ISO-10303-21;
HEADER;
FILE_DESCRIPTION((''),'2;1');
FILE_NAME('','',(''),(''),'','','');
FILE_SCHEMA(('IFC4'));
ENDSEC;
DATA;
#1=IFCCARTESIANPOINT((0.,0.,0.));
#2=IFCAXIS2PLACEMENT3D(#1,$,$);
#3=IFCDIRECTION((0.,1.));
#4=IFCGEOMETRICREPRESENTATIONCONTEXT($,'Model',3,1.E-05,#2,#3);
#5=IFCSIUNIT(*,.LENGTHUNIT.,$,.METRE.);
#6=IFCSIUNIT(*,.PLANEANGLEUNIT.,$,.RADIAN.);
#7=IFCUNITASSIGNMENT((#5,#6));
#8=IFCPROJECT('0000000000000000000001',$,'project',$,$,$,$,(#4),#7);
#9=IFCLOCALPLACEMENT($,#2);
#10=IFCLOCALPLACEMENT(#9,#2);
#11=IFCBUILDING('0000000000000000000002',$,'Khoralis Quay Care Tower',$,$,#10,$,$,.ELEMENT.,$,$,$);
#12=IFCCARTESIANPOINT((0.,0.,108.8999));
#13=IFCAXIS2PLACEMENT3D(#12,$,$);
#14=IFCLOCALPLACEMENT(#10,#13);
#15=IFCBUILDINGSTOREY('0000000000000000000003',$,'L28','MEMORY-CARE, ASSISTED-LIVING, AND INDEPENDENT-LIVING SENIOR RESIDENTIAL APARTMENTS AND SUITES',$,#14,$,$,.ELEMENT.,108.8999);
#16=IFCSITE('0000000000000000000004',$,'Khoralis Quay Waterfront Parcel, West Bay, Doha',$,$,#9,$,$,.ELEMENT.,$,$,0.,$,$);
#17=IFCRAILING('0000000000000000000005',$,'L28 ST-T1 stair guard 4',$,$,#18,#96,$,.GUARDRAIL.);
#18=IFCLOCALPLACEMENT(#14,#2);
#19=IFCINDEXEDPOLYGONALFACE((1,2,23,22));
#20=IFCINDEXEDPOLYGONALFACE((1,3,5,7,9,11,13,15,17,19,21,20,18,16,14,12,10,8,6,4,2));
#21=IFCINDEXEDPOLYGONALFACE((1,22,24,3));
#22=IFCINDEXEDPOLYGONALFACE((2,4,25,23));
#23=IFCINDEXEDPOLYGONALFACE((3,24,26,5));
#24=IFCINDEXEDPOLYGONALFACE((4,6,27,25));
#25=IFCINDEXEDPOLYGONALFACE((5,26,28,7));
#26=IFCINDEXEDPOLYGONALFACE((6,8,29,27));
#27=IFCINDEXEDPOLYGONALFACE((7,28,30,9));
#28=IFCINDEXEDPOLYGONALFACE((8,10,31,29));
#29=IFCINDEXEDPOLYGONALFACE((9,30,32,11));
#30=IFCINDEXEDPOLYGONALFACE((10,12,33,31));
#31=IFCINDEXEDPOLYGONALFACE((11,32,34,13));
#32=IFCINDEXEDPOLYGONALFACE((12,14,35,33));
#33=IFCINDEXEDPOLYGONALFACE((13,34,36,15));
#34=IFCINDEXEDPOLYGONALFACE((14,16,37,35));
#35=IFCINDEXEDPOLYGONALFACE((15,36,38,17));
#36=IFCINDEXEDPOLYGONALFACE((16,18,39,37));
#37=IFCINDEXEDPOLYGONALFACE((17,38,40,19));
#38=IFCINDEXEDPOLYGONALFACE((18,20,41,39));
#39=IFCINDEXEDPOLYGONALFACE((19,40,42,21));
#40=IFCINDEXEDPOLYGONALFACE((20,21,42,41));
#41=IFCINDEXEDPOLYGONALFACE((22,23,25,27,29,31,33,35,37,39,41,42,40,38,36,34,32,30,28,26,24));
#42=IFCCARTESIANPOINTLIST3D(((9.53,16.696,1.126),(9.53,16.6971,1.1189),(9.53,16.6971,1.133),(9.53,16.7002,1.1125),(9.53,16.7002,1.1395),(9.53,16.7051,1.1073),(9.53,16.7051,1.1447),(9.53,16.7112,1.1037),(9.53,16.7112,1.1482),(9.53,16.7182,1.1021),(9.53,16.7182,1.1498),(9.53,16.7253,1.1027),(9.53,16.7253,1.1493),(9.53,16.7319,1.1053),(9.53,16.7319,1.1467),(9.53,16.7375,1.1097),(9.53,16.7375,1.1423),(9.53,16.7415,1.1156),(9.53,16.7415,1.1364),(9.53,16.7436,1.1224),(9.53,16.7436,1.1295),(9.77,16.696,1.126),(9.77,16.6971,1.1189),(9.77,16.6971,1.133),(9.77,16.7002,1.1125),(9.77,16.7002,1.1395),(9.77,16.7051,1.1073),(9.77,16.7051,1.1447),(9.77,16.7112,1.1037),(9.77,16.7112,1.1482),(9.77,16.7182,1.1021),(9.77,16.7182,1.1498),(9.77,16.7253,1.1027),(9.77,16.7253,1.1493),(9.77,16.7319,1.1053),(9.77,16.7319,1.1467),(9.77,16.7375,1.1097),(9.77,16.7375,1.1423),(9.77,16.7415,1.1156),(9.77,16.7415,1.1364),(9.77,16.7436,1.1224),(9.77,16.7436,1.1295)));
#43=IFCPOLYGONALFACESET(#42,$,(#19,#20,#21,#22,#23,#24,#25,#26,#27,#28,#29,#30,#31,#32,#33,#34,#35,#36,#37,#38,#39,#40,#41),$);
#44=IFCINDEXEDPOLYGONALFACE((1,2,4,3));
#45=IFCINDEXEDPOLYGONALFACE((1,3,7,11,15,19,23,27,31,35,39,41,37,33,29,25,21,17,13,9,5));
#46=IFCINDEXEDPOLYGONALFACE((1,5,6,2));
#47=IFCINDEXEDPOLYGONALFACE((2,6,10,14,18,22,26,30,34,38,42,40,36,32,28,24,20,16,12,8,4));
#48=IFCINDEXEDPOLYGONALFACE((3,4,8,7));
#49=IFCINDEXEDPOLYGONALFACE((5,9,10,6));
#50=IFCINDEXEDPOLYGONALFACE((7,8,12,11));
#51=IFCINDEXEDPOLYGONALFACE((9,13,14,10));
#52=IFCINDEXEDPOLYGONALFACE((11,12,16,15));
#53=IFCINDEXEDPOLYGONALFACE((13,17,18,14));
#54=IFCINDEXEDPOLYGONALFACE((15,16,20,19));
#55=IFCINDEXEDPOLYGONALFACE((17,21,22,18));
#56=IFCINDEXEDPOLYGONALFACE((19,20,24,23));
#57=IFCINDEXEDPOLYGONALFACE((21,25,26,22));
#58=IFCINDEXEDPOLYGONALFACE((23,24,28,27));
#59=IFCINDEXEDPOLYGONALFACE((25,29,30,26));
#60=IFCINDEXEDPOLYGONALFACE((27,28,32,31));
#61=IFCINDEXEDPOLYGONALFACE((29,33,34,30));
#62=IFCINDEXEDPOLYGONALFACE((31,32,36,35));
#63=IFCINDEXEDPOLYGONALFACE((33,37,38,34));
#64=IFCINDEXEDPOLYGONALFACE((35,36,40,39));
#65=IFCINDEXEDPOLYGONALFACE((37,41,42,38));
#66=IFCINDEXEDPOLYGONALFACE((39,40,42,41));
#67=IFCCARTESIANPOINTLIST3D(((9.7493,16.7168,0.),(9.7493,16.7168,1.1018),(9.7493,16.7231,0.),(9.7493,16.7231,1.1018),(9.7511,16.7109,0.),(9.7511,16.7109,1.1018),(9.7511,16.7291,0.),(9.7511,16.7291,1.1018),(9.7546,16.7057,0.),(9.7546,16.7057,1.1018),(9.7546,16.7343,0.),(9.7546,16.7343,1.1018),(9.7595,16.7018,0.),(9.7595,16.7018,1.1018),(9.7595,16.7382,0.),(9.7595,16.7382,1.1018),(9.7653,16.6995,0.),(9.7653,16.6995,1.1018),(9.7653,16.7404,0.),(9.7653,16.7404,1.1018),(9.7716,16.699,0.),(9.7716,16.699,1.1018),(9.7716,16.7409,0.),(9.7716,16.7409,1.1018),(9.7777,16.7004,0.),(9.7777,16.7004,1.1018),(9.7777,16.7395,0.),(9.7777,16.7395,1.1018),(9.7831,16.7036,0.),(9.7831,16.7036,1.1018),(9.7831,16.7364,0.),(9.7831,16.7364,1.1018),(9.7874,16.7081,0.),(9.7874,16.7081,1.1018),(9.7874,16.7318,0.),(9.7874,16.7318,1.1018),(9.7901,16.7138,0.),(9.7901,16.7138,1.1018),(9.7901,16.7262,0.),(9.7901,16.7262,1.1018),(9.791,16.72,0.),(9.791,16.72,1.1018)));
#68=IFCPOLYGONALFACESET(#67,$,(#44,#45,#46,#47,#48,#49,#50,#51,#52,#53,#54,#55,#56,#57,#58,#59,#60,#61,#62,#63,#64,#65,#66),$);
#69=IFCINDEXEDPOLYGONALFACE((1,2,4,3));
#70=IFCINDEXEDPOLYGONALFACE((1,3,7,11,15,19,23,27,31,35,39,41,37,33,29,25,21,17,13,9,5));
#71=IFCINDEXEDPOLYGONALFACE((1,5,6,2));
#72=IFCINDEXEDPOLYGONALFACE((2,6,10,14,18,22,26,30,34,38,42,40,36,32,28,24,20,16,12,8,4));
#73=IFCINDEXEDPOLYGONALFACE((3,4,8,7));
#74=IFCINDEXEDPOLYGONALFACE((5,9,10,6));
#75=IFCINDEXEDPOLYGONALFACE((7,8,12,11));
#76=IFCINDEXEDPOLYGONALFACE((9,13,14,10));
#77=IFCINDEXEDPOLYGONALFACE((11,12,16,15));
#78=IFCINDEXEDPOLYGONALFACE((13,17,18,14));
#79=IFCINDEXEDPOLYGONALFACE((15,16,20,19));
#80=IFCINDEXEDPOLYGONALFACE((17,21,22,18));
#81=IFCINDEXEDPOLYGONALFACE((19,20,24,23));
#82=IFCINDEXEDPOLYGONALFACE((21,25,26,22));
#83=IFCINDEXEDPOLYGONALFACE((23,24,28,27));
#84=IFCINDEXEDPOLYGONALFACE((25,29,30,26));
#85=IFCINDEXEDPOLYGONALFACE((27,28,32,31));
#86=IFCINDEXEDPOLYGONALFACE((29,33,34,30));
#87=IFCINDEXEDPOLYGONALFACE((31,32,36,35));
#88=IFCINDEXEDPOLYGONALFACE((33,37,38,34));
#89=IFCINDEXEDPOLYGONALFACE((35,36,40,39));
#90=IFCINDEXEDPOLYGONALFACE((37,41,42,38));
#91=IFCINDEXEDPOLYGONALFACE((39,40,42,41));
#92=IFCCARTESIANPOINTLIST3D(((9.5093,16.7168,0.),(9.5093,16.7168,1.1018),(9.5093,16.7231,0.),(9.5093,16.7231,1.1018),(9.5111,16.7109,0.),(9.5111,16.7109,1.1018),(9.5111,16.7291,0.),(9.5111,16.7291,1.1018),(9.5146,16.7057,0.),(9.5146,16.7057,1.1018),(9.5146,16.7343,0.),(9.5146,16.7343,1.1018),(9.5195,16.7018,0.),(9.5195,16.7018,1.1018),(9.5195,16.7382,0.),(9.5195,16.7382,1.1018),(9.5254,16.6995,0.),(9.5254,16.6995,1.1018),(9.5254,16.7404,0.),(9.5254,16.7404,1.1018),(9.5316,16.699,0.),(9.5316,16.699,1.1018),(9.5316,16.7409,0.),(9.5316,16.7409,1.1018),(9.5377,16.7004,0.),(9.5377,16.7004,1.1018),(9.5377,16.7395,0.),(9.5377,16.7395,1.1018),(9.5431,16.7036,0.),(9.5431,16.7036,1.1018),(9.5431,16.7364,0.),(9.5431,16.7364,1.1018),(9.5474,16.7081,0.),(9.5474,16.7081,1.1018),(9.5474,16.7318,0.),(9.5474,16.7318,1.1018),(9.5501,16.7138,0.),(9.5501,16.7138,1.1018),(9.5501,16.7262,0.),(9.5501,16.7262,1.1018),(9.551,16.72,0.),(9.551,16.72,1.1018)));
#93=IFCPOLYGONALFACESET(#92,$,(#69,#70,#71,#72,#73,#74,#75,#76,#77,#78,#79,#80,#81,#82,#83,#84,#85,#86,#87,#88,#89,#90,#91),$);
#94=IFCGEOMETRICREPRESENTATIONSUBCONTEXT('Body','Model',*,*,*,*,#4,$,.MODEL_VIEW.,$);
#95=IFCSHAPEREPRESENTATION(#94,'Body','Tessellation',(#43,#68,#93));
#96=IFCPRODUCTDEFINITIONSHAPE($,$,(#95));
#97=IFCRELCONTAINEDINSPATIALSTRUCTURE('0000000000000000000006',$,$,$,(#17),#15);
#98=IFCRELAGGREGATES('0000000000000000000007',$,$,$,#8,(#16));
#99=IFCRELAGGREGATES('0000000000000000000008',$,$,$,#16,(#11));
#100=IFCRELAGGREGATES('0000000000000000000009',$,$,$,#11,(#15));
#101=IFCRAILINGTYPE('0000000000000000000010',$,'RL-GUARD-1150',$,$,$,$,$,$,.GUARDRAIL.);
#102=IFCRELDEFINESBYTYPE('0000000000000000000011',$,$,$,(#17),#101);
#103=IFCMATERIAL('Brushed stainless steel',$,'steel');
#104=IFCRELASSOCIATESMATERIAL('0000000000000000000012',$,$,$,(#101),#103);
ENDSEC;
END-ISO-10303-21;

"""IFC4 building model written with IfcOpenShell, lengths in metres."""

from ifc_helpers import new_model, si_unit, direction, frame, origin, origin_2d, place, context, subcontext, project, spatial, circle, extrude, material, type_object, element, save


model = new_model("IFC4")

# Units and contexts
model_context = context("Model", 3, precision=1e-05, world=origin(), true_north=direction((0.0, 1.0)))
body_context = subcontext(model_context, "Body", "Model", "MODEL_VIEW")
ifc_project = project(units=[si_unit("LENGTHUNIT", "METRE"), si_unit("PLANEANGLEUNIT", "RADIAN")], contexts=[model_context])

# Site, building, storey
site_placement = place(None, origin())
site = spatial("IfcSite", under=ifc_project, at=site_placement, Name="Khoralis Quay Waterfront Parcel, West Bay, Doha", CompositionType="ELEMENT", RefElevation=0.0)
building_placement = place(site_placement, origin())
building = spatial("IfcBuilding", under=site, at=building_placement, Name="Khoralis Quay Care Tower", CompositionType="ELEMENT")
storey_placement = place(building_placement, frame((0.0, 0.0, 108.8999)))
storey = spatial("IfcBuildingStorey", under=building, at=storey_placement, Name="L28", Description="MEMORY-CARE, ASSISTED-LIVING, AND INDEPENDENT-LIVING SENIOR RESIDENTIAL APARTMENTS AND SUITES", CompositionType="ELEMENT", Elevation=108.8999)

# Shared definitions
ifc_material_1 = material(Name="Brushed stainless steel", Category="steel")

# Railing
railing_type_1 = type_object("IfcRailingType", Name="RL-GUARD-1150", PredefinedType="GUARDRAIL", material=ifc_material_1)
railing_1_placement = place(storey_placement, frame((9.77, 16.72, 0.0)))
element("IfcRailing", 1, at=railing_1_placement, inside=storey, type_object=railing_type_1, Name="L28 ST-T1 stair guard 4", PredefinedType="GUARDRAIL", context=body_context, shape_type="SweptSolid", body=[
    extrude(circle(Radius=0.0239, at=origin_2d()), frame((0.0, 0.0, 1.126), z_axis=(-1.0, 0.0, 0.0), x_axis=(0.0, -1.0, 0.0)), (0.0, 0.0, 1.0), 0.24),
    extrude(circle(Radius=0.021, at=origin_2d()), origin(), (0.0, 0.0, 1.0), 1.1018),
    extrude(circle(Radius=0.021, at=origin_2d()), frame((-0.24, 0.0, 0.0)), (0.0, 0.0, 1.0), 1.1018),
])

save(model, "model.ifc")
